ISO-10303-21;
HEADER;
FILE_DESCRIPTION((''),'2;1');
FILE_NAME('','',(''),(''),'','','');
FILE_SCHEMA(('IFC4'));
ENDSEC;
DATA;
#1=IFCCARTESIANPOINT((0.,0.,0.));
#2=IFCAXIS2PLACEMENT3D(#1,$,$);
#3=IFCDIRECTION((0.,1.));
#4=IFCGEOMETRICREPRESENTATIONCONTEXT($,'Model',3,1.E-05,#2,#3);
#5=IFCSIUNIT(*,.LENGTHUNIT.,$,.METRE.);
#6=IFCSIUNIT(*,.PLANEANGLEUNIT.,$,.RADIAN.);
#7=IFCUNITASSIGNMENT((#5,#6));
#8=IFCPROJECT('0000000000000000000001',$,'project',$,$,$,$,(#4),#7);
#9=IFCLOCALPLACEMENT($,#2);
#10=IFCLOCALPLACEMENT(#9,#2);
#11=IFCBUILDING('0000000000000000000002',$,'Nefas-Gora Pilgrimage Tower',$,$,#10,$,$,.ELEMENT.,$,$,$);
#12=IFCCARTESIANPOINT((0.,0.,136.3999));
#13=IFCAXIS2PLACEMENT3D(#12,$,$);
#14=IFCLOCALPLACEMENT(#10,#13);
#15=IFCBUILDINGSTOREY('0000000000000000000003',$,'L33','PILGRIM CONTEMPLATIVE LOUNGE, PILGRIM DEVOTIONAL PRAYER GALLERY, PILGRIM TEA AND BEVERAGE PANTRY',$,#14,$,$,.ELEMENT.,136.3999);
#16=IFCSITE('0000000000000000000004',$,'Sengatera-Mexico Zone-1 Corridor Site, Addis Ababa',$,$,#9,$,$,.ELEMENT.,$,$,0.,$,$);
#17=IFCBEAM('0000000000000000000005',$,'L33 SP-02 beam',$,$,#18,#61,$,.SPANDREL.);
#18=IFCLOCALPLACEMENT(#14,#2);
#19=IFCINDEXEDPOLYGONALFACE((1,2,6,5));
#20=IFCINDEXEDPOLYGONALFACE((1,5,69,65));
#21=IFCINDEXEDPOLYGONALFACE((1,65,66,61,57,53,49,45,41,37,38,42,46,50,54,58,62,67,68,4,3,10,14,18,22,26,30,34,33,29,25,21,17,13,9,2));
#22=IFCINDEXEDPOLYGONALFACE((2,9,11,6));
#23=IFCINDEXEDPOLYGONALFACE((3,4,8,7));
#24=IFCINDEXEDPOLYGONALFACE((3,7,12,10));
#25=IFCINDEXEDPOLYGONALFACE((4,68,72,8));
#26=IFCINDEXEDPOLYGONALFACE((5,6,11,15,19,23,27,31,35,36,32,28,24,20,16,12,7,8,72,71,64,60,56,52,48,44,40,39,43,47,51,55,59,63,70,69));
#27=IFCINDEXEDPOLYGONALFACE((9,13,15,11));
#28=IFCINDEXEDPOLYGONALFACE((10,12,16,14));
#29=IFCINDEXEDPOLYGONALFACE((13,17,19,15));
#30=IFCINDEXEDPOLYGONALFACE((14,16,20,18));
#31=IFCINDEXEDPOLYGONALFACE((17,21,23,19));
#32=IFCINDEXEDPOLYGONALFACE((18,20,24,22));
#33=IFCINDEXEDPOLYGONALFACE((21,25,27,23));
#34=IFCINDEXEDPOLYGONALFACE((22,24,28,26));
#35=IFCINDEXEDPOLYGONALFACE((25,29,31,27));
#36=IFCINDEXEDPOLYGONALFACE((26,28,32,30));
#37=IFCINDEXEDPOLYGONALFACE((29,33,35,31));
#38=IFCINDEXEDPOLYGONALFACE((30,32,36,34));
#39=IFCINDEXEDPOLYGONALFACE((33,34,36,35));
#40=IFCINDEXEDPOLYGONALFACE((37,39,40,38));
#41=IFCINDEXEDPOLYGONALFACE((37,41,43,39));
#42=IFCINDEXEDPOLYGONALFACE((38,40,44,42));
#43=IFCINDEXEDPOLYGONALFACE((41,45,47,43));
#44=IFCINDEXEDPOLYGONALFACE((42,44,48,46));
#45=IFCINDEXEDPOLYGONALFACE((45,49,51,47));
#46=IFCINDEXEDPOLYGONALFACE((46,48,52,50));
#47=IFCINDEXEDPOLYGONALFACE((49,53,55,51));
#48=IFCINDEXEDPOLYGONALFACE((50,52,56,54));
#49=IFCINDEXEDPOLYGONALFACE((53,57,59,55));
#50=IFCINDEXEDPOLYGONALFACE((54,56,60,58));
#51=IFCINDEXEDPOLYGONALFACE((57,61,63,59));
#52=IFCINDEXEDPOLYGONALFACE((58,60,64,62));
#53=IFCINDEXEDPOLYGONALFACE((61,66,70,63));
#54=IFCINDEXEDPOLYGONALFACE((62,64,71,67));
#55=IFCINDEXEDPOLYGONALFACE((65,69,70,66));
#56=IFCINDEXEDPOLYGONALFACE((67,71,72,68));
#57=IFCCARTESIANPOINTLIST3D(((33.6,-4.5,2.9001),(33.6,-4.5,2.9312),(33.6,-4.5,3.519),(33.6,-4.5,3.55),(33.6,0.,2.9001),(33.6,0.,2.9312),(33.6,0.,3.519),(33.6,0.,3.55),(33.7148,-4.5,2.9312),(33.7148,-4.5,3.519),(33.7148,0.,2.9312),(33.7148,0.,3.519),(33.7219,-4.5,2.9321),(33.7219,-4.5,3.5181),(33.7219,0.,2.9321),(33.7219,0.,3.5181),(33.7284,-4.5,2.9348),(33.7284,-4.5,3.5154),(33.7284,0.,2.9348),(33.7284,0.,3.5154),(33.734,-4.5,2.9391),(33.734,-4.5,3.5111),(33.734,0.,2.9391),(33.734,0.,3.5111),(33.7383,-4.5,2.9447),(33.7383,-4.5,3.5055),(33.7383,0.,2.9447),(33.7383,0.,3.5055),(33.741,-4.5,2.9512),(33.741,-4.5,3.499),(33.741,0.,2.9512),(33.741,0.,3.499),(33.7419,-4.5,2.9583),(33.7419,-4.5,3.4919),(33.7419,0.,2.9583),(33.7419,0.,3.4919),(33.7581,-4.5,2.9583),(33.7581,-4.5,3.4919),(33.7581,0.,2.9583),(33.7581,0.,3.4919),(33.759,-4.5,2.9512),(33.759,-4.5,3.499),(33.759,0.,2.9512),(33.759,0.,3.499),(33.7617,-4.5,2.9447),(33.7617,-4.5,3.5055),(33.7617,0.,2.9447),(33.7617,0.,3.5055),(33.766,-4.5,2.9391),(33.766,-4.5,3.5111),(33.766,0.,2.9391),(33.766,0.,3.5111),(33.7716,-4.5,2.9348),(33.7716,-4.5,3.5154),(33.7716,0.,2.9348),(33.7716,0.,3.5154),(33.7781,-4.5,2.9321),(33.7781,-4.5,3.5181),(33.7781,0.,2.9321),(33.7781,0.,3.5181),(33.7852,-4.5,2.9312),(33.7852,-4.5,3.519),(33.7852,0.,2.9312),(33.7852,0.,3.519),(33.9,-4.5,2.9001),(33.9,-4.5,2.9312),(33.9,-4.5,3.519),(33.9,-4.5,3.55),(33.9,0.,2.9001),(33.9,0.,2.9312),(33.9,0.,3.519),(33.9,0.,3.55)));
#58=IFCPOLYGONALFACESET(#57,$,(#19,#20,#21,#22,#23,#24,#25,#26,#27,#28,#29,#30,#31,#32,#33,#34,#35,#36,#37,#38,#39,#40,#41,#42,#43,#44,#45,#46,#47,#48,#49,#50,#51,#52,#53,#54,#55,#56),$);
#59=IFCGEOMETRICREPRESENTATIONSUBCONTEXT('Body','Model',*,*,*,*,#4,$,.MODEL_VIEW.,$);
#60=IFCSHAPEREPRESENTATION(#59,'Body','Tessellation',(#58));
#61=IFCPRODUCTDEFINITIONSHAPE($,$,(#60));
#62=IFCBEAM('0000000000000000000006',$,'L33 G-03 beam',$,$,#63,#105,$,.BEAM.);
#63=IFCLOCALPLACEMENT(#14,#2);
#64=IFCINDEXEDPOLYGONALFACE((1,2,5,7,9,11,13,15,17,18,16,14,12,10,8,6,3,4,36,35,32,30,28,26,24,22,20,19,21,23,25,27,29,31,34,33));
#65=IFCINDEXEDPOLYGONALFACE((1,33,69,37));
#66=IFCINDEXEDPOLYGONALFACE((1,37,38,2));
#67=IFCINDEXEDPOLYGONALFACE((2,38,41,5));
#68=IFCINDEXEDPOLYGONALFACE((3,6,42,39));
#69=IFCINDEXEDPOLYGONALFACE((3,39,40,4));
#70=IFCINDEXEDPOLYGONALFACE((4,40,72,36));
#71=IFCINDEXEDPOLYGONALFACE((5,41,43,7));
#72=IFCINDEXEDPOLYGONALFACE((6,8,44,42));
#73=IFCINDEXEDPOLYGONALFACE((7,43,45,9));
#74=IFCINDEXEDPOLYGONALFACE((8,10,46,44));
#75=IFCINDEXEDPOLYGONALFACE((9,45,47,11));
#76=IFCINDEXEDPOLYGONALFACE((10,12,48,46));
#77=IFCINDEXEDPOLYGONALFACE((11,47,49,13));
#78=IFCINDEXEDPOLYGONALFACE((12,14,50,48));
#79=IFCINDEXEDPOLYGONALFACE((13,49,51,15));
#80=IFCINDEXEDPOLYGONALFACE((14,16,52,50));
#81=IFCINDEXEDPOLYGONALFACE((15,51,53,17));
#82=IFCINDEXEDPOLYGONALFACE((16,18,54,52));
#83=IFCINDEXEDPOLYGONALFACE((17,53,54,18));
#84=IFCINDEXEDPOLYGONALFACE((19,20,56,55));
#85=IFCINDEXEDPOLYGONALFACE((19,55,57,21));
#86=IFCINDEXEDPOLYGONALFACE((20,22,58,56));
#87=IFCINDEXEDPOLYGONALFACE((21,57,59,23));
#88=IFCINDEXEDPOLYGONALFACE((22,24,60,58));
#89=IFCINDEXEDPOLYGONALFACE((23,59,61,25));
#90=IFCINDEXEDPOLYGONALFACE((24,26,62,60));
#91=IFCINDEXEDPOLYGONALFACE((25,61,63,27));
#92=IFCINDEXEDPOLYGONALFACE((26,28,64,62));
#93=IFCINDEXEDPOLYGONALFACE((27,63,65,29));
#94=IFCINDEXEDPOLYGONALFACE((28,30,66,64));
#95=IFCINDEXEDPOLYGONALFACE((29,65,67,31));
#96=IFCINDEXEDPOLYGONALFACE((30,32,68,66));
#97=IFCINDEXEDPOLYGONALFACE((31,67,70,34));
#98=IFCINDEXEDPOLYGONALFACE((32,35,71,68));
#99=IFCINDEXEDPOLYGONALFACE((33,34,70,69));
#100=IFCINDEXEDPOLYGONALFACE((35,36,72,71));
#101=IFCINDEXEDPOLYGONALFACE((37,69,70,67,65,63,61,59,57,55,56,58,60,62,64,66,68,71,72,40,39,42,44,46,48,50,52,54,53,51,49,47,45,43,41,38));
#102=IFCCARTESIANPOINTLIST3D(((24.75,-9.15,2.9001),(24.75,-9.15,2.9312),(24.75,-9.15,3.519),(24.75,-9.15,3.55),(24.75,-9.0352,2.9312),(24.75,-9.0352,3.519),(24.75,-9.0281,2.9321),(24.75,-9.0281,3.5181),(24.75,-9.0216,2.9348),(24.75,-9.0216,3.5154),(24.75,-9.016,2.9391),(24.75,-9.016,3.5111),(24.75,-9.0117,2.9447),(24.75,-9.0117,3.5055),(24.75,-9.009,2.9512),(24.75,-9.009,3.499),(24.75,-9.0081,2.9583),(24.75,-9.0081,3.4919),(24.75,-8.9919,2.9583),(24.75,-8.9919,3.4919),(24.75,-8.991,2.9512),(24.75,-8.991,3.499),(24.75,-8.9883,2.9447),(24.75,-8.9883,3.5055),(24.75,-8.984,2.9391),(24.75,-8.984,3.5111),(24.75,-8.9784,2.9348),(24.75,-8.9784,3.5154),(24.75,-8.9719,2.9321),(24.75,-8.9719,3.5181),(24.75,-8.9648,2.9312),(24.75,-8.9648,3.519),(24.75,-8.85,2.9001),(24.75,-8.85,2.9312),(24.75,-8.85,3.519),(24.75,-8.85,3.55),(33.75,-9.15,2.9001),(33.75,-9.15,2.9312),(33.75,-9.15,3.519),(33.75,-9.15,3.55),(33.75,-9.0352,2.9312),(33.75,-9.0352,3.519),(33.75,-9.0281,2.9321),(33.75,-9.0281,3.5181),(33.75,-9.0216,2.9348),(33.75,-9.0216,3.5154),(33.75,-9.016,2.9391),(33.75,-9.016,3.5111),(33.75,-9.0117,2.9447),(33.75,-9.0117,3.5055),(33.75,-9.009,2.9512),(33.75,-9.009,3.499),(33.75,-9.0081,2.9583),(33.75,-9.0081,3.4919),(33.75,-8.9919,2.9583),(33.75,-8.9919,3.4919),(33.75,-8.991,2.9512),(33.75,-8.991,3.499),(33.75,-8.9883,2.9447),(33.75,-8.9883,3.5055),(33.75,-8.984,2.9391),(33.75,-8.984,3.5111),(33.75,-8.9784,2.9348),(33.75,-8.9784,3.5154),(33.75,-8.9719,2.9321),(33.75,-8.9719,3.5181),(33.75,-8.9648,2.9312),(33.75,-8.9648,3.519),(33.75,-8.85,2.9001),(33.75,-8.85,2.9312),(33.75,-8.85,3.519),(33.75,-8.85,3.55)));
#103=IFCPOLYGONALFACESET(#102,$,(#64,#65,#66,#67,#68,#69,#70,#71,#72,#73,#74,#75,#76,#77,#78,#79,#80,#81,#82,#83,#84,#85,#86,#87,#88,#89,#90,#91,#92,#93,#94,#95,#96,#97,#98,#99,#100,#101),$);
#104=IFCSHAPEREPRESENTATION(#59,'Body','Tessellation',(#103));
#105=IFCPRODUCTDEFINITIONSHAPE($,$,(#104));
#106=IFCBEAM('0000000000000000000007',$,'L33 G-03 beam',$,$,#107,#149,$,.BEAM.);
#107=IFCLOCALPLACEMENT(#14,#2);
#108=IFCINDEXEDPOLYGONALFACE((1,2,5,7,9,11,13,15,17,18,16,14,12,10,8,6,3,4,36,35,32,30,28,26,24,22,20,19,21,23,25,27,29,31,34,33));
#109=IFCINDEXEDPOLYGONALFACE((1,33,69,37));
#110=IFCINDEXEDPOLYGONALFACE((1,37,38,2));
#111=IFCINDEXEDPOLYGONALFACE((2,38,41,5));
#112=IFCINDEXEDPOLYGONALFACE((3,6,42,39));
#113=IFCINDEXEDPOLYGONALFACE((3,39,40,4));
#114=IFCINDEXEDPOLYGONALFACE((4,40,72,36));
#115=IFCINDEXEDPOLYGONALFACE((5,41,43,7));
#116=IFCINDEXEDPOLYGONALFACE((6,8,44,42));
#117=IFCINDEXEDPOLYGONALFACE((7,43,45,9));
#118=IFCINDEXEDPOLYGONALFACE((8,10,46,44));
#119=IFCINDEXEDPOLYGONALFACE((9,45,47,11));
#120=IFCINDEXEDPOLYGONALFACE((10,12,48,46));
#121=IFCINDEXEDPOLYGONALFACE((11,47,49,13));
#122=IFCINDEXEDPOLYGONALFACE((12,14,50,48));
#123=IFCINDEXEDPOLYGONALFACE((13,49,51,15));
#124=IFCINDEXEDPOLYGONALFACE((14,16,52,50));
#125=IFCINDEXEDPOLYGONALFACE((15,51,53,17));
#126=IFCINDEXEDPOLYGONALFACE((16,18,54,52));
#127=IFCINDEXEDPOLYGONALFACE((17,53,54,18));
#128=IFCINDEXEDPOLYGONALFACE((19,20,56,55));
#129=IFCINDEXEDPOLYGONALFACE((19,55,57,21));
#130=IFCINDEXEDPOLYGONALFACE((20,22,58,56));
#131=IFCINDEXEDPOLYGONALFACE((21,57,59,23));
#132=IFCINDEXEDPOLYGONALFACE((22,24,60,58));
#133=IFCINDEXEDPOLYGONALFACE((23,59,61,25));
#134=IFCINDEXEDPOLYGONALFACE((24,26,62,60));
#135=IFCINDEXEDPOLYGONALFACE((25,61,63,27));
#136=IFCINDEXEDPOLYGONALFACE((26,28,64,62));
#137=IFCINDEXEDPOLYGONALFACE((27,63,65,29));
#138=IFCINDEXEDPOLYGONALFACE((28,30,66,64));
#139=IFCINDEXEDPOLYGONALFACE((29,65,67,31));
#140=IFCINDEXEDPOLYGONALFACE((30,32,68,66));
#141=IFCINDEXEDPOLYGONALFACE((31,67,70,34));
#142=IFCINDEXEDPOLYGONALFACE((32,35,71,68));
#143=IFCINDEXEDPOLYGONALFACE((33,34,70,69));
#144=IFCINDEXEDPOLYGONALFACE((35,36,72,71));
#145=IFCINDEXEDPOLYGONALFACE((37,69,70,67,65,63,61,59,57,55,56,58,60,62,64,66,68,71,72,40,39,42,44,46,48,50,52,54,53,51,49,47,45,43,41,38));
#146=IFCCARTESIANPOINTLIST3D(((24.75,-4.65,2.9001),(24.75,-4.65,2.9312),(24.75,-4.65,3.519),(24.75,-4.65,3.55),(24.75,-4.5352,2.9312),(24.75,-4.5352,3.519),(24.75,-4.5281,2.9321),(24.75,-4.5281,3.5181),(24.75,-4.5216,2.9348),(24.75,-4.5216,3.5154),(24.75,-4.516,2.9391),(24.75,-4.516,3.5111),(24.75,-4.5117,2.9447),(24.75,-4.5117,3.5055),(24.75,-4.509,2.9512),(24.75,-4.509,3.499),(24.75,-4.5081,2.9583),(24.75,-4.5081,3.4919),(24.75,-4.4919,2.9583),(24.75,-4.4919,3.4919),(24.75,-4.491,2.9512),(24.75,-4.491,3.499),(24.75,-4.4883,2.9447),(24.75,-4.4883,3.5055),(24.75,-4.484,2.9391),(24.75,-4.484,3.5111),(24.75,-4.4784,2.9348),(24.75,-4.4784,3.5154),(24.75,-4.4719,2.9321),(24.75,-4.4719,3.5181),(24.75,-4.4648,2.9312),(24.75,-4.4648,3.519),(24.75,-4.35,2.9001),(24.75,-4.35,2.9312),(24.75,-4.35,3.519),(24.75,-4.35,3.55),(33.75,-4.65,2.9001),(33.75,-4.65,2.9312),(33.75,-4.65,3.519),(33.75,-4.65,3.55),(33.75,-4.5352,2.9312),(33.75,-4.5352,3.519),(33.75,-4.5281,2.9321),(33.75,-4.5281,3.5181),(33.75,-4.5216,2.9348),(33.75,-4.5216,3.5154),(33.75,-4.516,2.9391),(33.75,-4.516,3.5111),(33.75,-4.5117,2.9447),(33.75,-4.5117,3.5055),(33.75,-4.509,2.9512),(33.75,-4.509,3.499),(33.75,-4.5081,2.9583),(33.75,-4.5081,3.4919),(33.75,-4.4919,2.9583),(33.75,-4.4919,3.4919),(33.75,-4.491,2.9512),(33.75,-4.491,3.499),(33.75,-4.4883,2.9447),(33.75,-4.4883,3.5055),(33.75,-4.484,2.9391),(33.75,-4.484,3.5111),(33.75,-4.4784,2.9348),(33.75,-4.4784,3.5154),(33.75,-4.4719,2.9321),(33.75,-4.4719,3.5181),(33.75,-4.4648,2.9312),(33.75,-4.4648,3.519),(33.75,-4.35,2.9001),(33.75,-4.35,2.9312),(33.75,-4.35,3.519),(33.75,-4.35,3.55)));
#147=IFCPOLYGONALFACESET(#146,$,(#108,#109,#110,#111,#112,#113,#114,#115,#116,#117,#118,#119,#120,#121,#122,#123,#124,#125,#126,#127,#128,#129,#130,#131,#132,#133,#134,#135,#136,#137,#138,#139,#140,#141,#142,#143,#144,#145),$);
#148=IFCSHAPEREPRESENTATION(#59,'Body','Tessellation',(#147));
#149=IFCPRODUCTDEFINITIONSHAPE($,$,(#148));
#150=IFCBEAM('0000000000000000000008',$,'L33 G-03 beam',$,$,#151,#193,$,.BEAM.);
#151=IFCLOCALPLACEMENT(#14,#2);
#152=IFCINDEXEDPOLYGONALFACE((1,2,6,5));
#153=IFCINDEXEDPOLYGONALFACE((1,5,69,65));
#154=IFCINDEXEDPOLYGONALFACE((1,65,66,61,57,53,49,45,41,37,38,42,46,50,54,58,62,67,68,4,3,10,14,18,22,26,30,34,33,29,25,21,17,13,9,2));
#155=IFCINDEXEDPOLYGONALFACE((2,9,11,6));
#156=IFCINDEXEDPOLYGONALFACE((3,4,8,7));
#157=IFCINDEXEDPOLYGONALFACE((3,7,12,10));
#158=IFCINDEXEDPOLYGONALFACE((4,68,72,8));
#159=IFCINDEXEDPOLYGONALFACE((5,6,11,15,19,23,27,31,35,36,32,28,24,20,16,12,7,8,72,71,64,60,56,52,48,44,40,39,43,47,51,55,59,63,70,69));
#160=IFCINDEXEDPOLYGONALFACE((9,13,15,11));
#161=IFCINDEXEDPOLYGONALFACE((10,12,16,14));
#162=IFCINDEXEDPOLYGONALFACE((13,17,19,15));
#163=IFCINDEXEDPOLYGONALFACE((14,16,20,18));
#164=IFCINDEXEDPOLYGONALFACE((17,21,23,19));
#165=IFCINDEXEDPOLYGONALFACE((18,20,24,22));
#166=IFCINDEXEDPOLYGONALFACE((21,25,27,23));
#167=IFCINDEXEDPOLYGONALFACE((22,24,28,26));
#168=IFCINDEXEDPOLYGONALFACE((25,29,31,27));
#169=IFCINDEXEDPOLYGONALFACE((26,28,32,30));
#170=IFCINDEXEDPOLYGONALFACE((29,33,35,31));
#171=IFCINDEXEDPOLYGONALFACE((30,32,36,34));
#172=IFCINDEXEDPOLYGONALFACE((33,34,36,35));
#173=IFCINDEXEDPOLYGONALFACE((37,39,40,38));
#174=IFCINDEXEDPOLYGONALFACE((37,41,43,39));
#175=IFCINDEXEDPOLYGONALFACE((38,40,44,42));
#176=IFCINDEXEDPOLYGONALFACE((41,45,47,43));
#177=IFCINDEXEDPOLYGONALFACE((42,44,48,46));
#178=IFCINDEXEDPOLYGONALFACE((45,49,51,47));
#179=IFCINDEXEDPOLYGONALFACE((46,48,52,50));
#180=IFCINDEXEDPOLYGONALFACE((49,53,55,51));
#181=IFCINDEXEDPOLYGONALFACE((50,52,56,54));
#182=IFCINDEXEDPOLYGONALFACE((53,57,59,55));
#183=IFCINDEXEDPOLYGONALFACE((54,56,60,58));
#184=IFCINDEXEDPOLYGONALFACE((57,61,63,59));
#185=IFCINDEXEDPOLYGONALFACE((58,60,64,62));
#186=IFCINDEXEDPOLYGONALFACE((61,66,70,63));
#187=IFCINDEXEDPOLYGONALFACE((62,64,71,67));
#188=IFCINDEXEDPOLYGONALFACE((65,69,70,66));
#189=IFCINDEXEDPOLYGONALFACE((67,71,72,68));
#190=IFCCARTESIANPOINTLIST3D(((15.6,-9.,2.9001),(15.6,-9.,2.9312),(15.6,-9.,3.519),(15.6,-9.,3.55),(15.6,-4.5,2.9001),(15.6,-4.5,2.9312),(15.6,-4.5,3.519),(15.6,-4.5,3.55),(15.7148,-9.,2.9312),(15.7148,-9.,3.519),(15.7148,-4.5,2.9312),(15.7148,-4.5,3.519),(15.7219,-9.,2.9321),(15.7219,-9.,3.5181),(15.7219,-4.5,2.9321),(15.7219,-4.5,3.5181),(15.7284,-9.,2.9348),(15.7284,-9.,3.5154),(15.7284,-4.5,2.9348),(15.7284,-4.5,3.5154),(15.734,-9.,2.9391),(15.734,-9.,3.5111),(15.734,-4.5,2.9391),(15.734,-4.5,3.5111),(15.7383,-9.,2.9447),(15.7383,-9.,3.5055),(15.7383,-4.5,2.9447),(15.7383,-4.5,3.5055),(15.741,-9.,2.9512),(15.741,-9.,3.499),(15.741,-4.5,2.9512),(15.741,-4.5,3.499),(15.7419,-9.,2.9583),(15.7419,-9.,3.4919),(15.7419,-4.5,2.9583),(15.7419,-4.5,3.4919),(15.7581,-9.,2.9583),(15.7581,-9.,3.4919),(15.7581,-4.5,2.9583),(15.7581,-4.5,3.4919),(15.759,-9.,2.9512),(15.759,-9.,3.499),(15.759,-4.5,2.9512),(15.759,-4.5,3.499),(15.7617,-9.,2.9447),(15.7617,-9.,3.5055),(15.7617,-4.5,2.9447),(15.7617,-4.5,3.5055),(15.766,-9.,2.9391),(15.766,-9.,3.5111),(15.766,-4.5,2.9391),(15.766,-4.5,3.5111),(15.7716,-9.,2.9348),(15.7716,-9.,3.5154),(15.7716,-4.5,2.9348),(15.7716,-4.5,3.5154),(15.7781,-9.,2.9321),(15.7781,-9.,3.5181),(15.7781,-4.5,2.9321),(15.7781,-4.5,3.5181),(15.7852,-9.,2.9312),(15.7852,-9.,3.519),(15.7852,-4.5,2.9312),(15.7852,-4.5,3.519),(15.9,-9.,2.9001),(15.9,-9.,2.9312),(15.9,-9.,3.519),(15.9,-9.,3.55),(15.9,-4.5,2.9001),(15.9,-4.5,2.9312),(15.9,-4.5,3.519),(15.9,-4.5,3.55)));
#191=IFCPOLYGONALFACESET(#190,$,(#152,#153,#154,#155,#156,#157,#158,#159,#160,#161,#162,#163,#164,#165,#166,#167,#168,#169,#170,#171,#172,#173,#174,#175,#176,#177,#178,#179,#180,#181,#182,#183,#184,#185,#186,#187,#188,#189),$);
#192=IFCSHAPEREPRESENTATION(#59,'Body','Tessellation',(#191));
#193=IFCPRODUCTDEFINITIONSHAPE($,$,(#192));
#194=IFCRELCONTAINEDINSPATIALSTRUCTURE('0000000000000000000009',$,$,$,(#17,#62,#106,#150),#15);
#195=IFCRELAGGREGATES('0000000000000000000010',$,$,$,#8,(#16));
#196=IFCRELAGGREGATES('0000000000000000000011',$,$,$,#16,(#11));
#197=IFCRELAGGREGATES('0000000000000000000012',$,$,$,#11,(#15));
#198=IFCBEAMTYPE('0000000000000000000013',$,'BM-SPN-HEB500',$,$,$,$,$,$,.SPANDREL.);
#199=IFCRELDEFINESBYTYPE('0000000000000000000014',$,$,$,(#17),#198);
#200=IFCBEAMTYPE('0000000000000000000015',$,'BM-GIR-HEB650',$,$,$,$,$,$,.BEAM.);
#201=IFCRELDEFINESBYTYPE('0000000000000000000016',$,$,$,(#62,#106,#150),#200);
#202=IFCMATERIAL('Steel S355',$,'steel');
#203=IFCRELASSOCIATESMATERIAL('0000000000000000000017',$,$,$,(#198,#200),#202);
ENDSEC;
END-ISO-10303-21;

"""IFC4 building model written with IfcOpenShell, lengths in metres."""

from ifc_helpers import new_model, si_unit, direction, frame, origin, origin_2d, place, context, subcontext, project, spatial, i_section, extrude, source, transform, mapped, material, material_profile, profile_set, type_object, element, save


model = new_model("IFC4")

# Units and contexts
model_context = context("Model", 3, precision=1e-05, world=origin(), true_north=direction((0.0, 1.0)))
body_context = subcontext(model_context, "Body", "Model", "MODEL_VIEW")
ifc_project = project(units=[si_unit("LENGTHUNIT", "METRE"), si_unit("PLANEANGLEUNIT", "RADIAN")], contexts=[model_context])

# Site, building, storey
site_placement = place(None, origin())
site = spatial("IfcSite", under=ifc_project, at=site_placement, Name="Sengatera-Mexico Zone-1 Corridor Site, Addis Ababa", CompositionType="ELEMENT", RefElevation=0.0)
building_placement = place(site_placement, origin())
building = spatial("IfcBuilding", under=site, at=building_placement, Name="Nefas-Gora Pilgrimage Tower", CompositionType="ELEMENT")
storey_placement = place(building_placement, frame((0.0, 0.0, 136.3999)))
storey = spatial("IfcBuildingStorey", under=building, at=storey_placement, Name="L33", Description="PILGRIM CONTEMPLATIVE LOUNGE, PILGRIM DEVOTIONAL PRAYER GALLERY, PILGRIM TEA AND BEVERAGE PANTRY", CompositionType="ELEMENT", Elevation=136.3999)

# Beams
ifc_material_1 = material(Name="Steel S355", Category="steel")
ifc_material_profile_1 = material_profile(ifc_material_1, i_section(OverallWidth=0.3, OverallDepth=0.6499, WebThickness=0.0161, FlangeThickness=0.031, FilletRadius=0.0271, at=origin_2d()), Name="HEB 650")
ifc_profile_set_1 = profile_set([ifc_material_profile_1], Name="Steel S355")
beam_type_1 = type_object("IfcBeamType", Name="BM-SPN-HEB500", PredefinedType="SPANDREL", material=ifc_profile_set_1)
shared_shape_1 = source(origin(), body_context, "Body", "SweptSolid", [
    extrude(i_section(OverallWidth=0.3, OverallDepth=0.6499, WebThickness=0.0161, FlangeThickness=0.031, FilletRadius=0.0271, at=origin_2d()), origin(), (0.0, 0.0, 1.0), 4.5),
])
for number, where, z_axis, x_axis, name in (
    (1, (33.75, -4.5, 3.2251), (0.0, 1.0, 0.0), (-1.0, 0.0, 0.0), "L33 SP-02 beam"),
):
    element("IfcBeam", number, at=place(storey_placement, frame(where, z_axis=z_axis, x_axis=x_axis)), inside=storey, type_object=beam_type_1, Name=name, PredefinedType="SPANDREL", context=body_context, shape_type="MappedRepresentation", body=[
        mapped(shared_shape_1, transform((0.0, 0.0, 0.0), x_axis=(1.0, 0.0, 0.0), y_axis=(0.0, 1.0, 0.0), z_axis=(0.0, 0.0, 1.0), scale=1.0)),
    ])
ifc_material_profile_2 = material_profile(ifc_material_1, i_section(OverallWidth=0.3, OverallDepth=0.6499, WebThickness=0.0161, FlangeThickness=0.031, FilletRadius=0.0271, at=origin_2d()), Name="HEB 650")
ifc_profile_set_2 = profile_set([ifc_material_profile_2], Name="Steel S355")
beam_type_2 = type_object("IfcBeamType", Name="BM-GIR-HEB650", PredefinedType="BEAM", material=ifc_profile_set_2)
shared_shape_2 = source(origin(), body_context, "Body", "SweptSolid", [
    extrude(i_section(OverallWidth=0.3, OverallDepth=0.6499, WebThickness=0.0161, FlangeThickness=0.031, FilletRadius=0.0271, at=origin_2d()), origin(), (0.0, 0.0, 1.0), 9.0),
])
for number, where, z_axis, x_axis, name in (
    (2, (24.75, -9.0, 3.2251), (1.0, 0.0, 0.0), (0.0, 1.0, 0.0), "L33 G-03 beam"),
    (3, (24.75, -4.5, 3.2251), (1.0, 0.0, 0.0), (0.0, 1.0, 0.0), "L33 G-03 beam"),
):
    element("IfcBeam", number, at=place(storey_placement, frame(where, z_axis=z_axis, x_axis=x_axis)), inside=storey, type_object=beam_type_2, Name=name, PredefinedType="BEAM", context=body_context, shape_type="MappedRepresentation", body=[
        mapped(shared_shape_2, transform((0.0, 0.0, 0.0), x_axis=(1.0, 0.0, 0.0), y_axis=(0.0, 1.0, 0.0), z_axis=(0.0, 0.0, 1.0), scale=1.0)),
    ])
shared_shape_3 = source(origin(), body_context, "Body", "SweptSolid", [
    extrude(i_section(OverallWidth=0.3, OverallDepth=0.6499, WebThickness=0.0161, FlangeThickness=0.031, FilletRadius=0.0271, at=origin_2d()), origin(), (0.0, 0.0, 1.0), 4.5),
])
for number, where, z_axis, x_axis, name in (
    (4, (15.75, -9.0, 3.2251), (0.0, 1.0, 0.0), (-1.0, 0.0, 0.0), "L33 G-03 beam"),
):
    element("IfcBeam", number, at=place(storey_placement, frame(where, z_axis=z_axis, x_axis=x_axis)), inside=storey, type_object=beam_type_2, Name=name, PredefinedType="BEAM", context=body_context, shape_type="MappedRepresentation", body=[
        mapped(shared_shape_3, transform((0.0, 0.0, 0.0), x_axis=(1.0, 0.0, 0.0), y_axis=(0.0, 1.0, 0.0), z_axis=(0.0, 0.0, 1.0), scale=1.0)),
    ])

save(model, "model.ifc")
